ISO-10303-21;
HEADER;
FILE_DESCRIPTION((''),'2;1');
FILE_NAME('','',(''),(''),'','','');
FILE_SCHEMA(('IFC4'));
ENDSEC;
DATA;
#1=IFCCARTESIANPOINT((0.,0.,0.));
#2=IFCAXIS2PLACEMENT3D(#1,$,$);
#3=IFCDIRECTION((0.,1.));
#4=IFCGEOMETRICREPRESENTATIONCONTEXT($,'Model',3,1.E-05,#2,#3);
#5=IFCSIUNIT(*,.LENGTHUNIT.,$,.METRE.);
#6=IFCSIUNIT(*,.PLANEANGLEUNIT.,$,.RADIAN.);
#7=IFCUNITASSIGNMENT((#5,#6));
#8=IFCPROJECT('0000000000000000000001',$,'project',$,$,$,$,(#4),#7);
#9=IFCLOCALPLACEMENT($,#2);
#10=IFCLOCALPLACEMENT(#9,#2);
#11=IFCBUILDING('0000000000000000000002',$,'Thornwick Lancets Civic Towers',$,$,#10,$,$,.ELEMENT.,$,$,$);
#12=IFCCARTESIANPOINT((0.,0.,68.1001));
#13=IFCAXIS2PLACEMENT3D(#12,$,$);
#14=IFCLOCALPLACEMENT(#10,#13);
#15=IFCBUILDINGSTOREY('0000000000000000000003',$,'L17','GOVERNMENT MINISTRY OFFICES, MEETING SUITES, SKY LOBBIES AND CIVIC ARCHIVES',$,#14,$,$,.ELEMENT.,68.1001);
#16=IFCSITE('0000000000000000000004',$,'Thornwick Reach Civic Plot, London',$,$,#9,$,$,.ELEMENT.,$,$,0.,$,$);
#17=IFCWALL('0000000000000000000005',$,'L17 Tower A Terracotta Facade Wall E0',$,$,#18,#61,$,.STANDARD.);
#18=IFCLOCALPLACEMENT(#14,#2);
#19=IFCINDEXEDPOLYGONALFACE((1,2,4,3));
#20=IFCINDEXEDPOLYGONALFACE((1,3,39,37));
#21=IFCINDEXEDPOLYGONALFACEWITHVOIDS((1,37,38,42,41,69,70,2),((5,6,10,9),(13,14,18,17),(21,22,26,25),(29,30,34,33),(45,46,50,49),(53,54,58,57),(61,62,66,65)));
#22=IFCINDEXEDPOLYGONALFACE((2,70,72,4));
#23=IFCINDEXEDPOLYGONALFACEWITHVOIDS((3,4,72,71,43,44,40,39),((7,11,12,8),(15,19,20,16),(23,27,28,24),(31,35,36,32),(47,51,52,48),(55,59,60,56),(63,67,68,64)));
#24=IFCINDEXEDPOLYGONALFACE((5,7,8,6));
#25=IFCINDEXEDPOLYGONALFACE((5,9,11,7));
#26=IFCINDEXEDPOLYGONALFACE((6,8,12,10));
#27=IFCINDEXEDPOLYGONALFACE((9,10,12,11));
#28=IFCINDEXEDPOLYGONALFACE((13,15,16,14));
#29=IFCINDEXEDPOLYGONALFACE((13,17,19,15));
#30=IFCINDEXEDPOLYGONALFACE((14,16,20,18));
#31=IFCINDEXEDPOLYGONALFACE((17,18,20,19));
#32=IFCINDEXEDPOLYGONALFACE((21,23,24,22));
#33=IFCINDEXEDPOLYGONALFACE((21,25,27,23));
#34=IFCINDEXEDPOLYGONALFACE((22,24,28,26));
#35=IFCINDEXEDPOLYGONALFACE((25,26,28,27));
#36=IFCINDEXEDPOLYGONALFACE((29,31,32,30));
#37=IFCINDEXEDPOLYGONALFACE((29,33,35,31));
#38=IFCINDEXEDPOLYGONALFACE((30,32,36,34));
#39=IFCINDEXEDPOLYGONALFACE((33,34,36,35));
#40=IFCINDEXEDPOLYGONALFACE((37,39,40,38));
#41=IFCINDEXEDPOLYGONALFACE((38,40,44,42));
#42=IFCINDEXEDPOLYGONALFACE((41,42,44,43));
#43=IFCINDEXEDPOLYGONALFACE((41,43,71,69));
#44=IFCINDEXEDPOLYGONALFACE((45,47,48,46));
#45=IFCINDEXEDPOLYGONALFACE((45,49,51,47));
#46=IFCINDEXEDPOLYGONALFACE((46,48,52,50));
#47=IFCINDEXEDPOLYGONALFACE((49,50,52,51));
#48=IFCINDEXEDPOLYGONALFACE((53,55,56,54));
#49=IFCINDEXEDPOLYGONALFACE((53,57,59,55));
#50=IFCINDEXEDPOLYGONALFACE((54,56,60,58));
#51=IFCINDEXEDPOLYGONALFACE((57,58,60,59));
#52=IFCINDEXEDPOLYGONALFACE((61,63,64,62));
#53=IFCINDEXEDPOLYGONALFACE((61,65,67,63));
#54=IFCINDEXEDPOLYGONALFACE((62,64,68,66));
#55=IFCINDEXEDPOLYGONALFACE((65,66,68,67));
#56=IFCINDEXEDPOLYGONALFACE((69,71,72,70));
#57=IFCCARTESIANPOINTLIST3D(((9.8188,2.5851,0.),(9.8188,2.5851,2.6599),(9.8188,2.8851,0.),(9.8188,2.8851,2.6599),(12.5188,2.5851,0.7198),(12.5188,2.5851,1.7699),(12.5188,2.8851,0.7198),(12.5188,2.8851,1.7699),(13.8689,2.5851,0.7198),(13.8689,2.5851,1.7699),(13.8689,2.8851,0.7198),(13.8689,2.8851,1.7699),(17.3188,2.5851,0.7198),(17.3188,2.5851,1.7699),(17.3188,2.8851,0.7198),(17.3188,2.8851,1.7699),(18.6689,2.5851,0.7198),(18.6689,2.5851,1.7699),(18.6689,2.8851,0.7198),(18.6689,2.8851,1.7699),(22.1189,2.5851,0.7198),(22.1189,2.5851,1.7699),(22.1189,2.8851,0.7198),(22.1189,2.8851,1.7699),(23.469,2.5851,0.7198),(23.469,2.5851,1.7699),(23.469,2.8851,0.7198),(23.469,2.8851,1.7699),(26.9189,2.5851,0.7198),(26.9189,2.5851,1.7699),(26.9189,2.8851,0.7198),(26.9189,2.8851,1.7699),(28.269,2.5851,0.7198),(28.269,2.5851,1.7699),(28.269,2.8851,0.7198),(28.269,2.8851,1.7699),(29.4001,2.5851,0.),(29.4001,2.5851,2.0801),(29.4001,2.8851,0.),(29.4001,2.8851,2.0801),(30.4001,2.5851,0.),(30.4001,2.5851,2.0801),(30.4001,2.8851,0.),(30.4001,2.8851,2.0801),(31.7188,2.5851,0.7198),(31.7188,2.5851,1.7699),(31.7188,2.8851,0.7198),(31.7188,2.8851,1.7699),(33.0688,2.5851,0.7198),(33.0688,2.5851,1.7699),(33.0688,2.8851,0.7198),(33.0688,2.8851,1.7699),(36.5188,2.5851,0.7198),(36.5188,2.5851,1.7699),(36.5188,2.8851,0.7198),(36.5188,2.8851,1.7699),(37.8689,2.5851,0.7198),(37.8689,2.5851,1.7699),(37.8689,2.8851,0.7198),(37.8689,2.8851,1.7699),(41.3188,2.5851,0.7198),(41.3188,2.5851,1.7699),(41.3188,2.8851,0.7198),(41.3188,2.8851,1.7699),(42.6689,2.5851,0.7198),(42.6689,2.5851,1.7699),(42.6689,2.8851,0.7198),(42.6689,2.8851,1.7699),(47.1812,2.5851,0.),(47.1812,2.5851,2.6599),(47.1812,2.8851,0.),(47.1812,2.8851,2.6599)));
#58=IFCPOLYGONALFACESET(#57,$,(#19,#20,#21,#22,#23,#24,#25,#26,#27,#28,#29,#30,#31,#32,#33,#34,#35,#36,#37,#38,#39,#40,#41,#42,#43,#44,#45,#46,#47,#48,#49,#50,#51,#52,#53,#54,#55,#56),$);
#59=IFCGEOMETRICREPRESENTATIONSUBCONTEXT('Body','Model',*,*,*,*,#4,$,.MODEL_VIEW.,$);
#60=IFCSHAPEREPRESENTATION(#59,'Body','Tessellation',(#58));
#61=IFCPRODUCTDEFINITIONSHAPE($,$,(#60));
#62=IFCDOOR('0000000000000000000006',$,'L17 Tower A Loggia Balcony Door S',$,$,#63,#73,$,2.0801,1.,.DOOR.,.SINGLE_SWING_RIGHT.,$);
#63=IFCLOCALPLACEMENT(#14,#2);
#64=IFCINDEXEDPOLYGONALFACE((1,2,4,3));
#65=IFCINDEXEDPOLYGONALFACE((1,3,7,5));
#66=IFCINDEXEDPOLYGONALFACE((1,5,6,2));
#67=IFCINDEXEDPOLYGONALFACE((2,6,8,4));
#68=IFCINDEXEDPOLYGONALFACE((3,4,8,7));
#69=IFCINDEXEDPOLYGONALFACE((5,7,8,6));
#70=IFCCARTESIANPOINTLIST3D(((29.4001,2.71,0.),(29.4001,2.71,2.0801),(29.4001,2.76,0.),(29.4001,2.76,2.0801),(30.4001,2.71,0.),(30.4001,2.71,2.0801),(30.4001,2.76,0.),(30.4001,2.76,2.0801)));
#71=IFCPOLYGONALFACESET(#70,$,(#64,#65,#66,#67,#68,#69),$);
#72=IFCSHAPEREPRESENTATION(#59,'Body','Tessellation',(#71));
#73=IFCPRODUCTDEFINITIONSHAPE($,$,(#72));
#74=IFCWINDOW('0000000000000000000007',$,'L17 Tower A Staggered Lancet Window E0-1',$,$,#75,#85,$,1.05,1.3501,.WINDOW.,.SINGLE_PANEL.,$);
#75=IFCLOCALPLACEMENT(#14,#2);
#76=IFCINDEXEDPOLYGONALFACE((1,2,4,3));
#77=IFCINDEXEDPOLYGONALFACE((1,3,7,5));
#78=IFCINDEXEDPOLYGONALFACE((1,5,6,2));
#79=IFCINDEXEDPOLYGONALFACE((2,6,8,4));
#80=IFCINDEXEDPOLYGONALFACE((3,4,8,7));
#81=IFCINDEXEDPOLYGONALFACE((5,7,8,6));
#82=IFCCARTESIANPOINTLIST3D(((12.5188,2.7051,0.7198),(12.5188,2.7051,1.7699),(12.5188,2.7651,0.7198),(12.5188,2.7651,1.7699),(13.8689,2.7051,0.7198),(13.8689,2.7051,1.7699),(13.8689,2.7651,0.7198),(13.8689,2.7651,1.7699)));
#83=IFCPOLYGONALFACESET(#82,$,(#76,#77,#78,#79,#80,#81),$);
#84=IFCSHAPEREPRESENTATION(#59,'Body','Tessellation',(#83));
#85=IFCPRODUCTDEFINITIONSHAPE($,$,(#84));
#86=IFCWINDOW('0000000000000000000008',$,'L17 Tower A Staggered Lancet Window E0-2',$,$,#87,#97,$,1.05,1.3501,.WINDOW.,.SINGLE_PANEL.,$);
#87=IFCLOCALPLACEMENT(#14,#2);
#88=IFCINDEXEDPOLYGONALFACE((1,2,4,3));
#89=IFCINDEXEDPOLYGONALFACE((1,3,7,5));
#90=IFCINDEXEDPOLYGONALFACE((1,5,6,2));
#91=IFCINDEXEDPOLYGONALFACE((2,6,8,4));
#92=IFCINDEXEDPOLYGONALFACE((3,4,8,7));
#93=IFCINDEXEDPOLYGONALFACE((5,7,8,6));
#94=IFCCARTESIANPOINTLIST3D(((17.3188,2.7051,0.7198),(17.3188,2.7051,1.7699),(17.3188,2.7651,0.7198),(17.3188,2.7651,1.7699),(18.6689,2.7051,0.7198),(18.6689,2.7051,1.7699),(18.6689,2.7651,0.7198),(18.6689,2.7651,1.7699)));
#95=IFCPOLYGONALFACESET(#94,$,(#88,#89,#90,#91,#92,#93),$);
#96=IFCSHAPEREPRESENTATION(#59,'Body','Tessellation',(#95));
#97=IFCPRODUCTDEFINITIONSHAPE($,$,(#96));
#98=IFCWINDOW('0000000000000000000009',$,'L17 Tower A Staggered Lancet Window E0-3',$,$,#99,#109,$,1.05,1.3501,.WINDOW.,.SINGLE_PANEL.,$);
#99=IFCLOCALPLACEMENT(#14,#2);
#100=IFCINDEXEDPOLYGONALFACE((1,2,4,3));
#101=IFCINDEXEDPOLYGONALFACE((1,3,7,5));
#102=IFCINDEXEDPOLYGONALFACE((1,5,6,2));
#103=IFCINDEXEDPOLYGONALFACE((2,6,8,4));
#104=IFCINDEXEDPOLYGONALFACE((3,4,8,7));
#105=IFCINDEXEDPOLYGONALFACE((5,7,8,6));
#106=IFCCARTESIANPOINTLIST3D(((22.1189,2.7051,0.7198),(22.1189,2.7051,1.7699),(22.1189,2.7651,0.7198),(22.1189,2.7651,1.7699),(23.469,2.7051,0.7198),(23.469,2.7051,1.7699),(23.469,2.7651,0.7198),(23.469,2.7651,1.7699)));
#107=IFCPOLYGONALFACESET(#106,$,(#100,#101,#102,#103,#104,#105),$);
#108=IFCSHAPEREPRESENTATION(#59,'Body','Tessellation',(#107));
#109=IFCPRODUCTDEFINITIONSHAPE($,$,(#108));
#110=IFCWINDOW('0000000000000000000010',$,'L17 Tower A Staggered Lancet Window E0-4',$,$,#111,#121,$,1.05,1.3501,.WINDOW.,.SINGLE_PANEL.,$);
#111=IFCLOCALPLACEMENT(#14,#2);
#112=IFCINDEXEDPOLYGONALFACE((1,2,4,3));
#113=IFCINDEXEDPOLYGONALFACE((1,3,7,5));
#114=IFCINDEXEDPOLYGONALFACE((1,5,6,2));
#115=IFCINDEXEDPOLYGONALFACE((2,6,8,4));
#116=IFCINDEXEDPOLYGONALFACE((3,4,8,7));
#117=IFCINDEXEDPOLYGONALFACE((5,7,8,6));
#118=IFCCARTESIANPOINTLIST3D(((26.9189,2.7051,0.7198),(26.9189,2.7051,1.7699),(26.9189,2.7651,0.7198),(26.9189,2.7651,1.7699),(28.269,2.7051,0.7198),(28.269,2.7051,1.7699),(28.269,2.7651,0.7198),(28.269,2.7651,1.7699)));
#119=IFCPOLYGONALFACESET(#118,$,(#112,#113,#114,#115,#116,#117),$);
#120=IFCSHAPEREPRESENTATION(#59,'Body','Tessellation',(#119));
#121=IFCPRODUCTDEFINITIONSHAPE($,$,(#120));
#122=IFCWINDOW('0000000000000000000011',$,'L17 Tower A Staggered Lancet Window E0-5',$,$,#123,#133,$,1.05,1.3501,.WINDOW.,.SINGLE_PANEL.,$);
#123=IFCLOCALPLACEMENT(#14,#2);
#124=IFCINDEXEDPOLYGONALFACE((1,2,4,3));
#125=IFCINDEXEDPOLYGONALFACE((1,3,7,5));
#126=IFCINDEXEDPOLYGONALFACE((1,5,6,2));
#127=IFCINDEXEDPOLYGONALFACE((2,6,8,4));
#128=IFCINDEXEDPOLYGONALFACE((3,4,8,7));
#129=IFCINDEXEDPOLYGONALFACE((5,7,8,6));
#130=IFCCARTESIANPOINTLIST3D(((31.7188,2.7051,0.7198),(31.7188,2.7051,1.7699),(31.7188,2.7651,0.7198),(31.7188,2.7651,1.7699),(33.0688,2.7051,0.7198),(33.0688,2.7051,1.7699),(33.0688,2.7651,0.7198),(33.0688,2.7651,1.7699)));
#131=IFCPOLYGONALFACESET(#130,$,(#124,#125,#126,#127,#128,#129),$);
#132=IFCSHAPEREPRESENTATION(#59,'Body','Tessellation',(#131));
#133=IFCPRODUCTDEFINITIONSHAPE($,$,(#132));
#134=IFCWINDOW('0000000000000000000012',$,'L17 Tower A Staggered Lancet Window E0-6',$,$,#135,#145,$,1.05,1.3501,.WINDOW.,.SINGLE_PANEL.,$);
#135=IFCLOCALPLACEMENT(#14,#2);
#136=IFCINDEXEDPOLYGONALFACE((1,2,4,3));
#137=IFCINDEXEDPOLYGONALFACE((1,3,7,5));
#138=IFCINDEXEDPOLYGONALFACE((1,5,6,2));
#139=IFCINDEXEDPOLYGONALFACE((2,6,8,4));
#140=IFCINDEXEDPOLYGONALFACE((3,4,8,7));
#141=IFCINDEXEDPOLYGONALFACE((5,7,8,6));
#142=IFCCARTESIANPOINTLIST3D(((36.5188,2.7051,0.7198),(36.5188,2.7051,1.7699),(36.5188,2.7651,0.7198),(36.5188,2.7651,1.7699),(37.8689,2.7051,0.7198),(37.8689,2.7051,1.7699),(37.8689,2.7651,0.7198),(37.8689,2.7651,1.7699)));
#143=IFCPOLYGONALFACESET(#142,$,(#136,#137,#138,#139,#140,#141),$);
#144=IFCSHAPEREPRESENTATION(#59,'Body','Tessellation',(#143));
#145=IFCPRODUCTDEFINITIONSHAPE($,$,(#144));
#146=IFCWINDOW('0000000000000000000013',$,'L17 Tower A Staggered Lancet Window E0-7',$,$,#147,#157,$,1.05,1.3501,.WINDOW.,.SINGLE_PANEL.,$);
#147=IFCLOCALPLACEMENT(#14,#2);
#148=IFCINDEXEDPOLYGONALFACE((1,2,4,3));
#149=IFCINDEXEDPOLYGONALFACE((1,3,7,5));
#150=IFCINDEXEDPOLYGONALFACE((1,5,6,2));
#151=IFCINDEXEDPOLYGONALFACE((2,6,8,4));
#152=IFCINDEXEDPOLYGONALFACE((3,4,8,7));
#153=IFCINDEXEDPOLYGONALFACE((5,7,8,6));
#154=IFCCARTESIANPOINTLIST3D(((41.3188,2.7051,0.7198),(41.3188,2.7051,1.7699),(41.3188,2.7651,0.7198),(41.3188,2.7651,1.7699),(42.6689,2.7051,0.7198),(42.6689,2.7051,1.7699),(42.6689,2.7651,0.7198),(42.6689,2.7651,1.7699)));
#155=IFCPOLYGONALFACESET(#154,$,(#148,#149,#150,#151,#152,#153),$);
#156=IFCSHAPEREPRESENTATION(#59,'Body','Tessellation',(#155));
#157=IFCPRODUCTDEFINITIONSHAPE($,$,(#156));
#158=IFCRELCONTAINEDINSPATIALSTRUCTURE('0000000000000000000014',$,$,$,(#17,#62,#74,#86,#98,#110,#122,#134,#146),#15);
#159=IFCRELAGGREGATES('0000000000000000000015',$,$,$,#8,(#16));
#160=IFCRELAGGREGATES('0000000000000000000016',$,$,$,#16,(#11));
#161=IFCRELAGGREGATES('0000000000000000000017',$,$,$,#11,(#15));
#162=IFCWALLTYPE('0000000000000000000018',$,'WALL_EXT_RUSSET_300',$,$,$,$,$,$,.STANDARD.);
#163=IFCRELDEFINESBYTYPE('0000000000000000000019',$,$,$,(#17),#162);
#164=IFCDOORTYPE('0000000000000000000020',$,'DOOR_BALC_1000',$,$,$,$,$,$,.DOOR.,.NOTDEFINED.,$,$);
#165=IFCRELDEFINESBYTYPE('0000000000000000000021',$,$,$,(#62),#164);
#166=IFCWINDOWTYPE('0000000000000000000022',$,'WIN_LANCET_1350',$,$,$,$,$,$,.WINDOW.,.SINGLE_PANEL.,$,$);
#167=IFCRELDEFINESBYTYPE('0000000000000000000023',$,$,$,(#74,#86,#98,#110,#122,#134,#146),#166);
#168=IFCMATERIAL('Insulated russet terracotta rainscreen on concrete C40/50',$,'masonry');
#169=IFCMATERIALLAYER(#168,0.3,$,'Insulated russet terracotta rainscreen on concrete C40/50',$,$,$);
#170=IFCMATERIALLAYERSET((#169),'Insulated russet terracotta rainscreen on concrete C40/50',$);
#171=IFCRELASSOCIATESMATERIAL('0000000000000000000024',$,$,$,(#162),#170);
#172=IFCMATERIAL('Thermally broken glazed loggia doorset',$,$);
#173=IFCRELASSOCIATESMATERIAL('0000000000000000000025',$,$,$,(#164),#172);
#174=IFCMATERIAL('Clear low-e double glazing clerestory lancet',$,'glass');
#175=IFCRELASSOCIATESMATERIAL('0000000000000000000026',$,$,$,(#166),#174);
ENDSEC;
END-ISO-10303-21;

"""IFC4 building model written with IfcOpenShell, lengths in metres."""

from ifc_helpers import new_model, si_unit, direction, frame, frame_2d, origin, place, context, subcontext, project, spatial, rectangle, extrude, material, layer, layer_set, type_object, element, fill, save


model = new_model("IFC4")

# Units and contexts
model_context = context("Model", 3, precision=1e-05, world=origin(), true_north=direction((0.0, 1.0)))
body_context = subcontext(model_context, "Body", "Model", "MODEL_VIEW")
ifc_project = project(units=[si_unit("LENGTHUNIT", "METRE"), si_unit("PLANEANGLEUNIT", "RADIAN")], contexts=[model_context])

# Site, building, storey
site_placement = place(None, origin())
site = spatial("IfcSite", under=ifc_project, at=site_placement, Name="Thornwick Reach Civic Plot, London", CompositionType="ELEMENT", RefElevation=0.0)
building_placement = place(site_placement, origin())
building = spatial("IfcBuilding", under=site, at=building_placement, Name="Thornwick Lancets Civic Towers", CompositionType="ELEMENT")
storey_placement = place(building_placement, frame((0.0, 0.0, 68.1001)))
storey = spatial("IfcBuildingStorey", under=building, at=storey_placement, Name="L17", Description="GOVERNMENT MINISTRY OFFICES, MEETING SUITES, SKY LOBBIES AND CIVIC ARCHIVES", CompositionType="ELEMENT", Elevation=68.1001)

# Wall, openings, door, windows
ifc_material_1 = material(Name="Insulated russet terracotta rainscreen on concrete C40/50", Category="masonry")
ifc_layer_1 = layer(ifc_material_1, 0.3, Name="Insulated russet terracotta rainscreen on concrete C40/50")
ifc_layer_set_1 = layer_set([ifc_layer_1], Name="Insulated russet terracotta rainscreen on concrete C40/50")
wall_type_1 = type_object("IfcWallType", Name="WALL_EXT_RUSSET_300", PredefinedType="STANDARD", material=ifc_layer_set_1)
wall_1_placement = place(storey_placement, frame((9.8188, 2.7351, 0.0), z_axis=(0.0, 0.0, 1.0), x_axis=(1.0, 0.0, 0.0)))
wall_1 = element("IfcWall", 1, at=wall_1_placement, inside=storey, type_object=wall_type_1, Name="L17 Tower A Terracotta Facade Wall E0", PredefinedType="STANDARD", context=body_context, shape_type="SweptSolid", body=[
    extrude(rectangle(XDim=37.3623, YDim=0.3, at=frame_2d((18.6812, 0.0))), origin(), (0.0, 0.0, 1.0), 2.6599),
])
opening_1_placement = place(wall_1_placement, frame((19.5813, 0.0, 0.0)))
opening_1 = element("IfcOpeningElement", 2, at=opening_1_placement, cuts=wall_1, PredefinedType="OPENING", context=body_context, shape_type="SweptSolid", body=[
    extrude(rectangle(XDim=1.0, YDim=2.0801, at=frame_2d((0.5, 1.04))), frame((0.0, 0.1602, 0.0), z_axis=(0.0, -1.0, 0.0), x_axis=(1.0, 0.0, 0.0)), (0.0, 0.0, 1.0), 0.3201),
])
opening_2_placement = place(wall_1_placement, frame((2.7, 0.0, 0.72)))
opening_2 = element("IfcOpeningElement", 3, at=opening_2_placement, cuts=wall_1, PredefinedType="OPENING", context=body_context, shape_type="SweptSolid", body=[
    extrude(rectangle(XDim=1.3501, YDim=1.05, at=frame_2d((0.675, 0.5249))), frame((0.0, 0.1602, 0.0), z_axis=(0.0, -1.0, 0.0), x_axis=(1.0, 0.0, 0.0)), (0.0, 0.0, 1.0), 0.3201),
])
opening_3_placement = place(wall_1_placement, frame((7.5, 0.0, 0.72)))
opening_3 = element("IfcOpeningElement", 4, at=opening_3_placement, cuts=wall_1, PredefinedType="OPENING", context=body_context, shape_type="SweptSolid", body=[
    extrude(rectangle(XDim=1.3501, YDim=1.05, at=frame_2d((0.675, 0.5249))), frame((0.0, 0.1602, 0.0), z_axis=(0.0, -1.0, 0.0), x_axis=(1.0, 0.0, 0.0)), (0.0, 0.0, 1.0), 0.3201),
])
opening_4_placement = place(wall_1_placement, frame((12.3, 0.0, 0.72)))
opening_4 = element("IfcOpeningElement", 5, at=opening_4_placement, cuts=wall_1, PredefinedType="OPENING", context=body_context, shape_type="SweptSolid", body=[
    extrude(rectangle(XDim=1.3501, YDim=1.05, at=frame_2d((0.675, 0.5249))), frame((0.0, 0.1602, 0.0), z_axis=(0.0, -1.0, 0.0), x_axis=(1.0, 0.0, 0.0)), (0.0, 0.0, 1.0), 0.3201),
])
opening_5_placement = place(wall_1_placement, frame((17.1001, 0.0, 0.72)))
opening_5 = element("IfcOpeningElement", 6, at=opening_5_placement, cuts=wall_1, PredefinedType="OPENING", context=body_context, shape_type="SweptSolid", body=[
    extrude(rectangle(XDim=1.3501, YDim=1.05, at=frame_2d((0.675, 0.5249))), frame((0.0, 0.1602, 0.0), z_axis=(0.0, -1.0, 0.0), x_axis=(1.0, 0.0, 0.0)), (0.0, 0.0, 1.0), 0.3201),
])
opening_6_placement = place(wall_1_placement, frame((21.8999, 0.0, 0.72)))
opening_6 = element("IfcOpeningElement", 7, at=opening_6_placement, cuts=wall_1, PredefinedType="OPENING", context=body_context, shape_type="SweptSolid", body=[
    extrude(rectangle(XDim=1.3501, YDim=1.05, at=frame_2d((0.675, 0.5249))), frame((0.0, 0.1602, 0.0), z_axis=(0.0, -1.0, 0.0), x_axis=(1.0, 0.0, 0.0)), (0.0, 0.0, 1.0), 0.3201),
])
opening_7_placement = place(wall_1_placement, frame((26.7, 0.0, 0.72)))
opening_7 = element("IfcOpeningElement", 8, at=opening_7_placement, cuts=wall_1, PredefinedType="OPENING", context=body_context, shape_type="SweptSolid", body=[
    extrude(rectangle(XDim=1.3501, YDim=1.05, at=frame_2d((0.675, 0.5249))), frame((0.0, 0.1602, 0.0), z_axis=(0.0, -1.0, 0.0), x_axis=(1.0, 0.0, 0.0)), (0.0, 0.0, 1.0), 0.3201),
])
opening_8_placement = place(wall_1_placement, frame((31.5, 0.0, 0.72)))
opening_8 = element("IfcOpeningElement", 9, at=opening_8_placement, cuts=wall_1, PredefinedType="OPENING", context=body_context, shape_type="SweptSolid", body=[
    extrude(rectangle(XDim=1.3501, YDim=1.05, at=frame_2d((0.675, 0.5249))), frame((0.0, 0.1602, 0.0), z_axis=(0.0, -1.0, 0.0), x_axis=(1.0, 0.0, 0.0)), (0.0, 0.0, 1.0), 0.3201),
])
ifc_material_2 = material(Name="Thermally broken glazed loggia doorset")
door_type = type_object("IfcDoorType", Name="DOOR_BALC_1000", OperationType="NOTDEFINED", PredefinedType="DOOR", material=ifc_material_2)
door_placement = place(opening_1_placement, origin())
door = element("IfcDoor", 10, at=door_placement, inside=storey, type_object=door_type, Name="L17 Tower A Loggia Balcony Door S", OperationType="SINGLE_SWING_RIGHT", OverallHeight=2.0801, OverallWidth=1.0, PredefinedType="DOOR", context=body_context, shape_type="SweptSolid", body=[
    extrude(rectangle(XDim=1.0, YDim=2.0801, at=frame_2d((0.5, 1.04))), frame((0.0, 0.0249, 0.0), z_axis=(0.0, -1.0, 0.0), x_axis=(1.0, 0.0, 0.0)), (0.0, 0.0, 1.0), 0.05),
])
fill(opening_1, door)
ifc_material_3 = material(Name="Clear low-e double glazing clerestory lancet", Category="glass")
window_type = type_object("IfcWindowType", Name="WIN_LANCET_1350", PartitioningType="SINGLE_PANEL", PredefinedType="WINDOW", material=ifc_material_3)
window_1_placement = place(opening_2_placement, origin())
window_1 = element("IfcWindow", 11, at=window_1_placement, inside=storey, type_object=window_type, Name="L17 Tower A Staggered Lancet Window E0-1", OverallHeight=1.05, OverallWidth=1.3501, PartitioningType="SINGLE_PANEL", PredefinedType="WINDOW", context=body_context, shape_type="SweptSolid", body=[
    extrude(rectangle(XDim=1.3501, YDim=1.05, at=frame_2d((0.675, 0.5249))), frame((0.0, 0.03, 0.0), z_axis=(0.0, -1.0, 0.0), x_axis=(1.0, 0.0, 0.0)), (0.0, 0.0, 1.0), 0.0601),
])
fill(opening_2, window_1)
window_2_placement = place(opening_3_placement, origin())
window_2 = element("IfcWindow", 12, at=window_2_placement, inside=storey, type_object=window_type, Name="L17 Tower A Staggered Lancet Window E0-2", OverallHeight=1.05, OverallWidth=1.3501, PartitioningType="SINGLE_PANEL", PredefinedType="WINDOW", context=body_context, shape_type="SweptSolid", body=[
    extrude(rectangle(XDim=1.3501, YDim=1.05, at=frame_2d((0.675, 0.5249))), frame((0.0, 0.03, 0.0), z_axis=(0.0, -1.0, 0.0), x_axis=(1.0, 0.0, 0.0)), (0.0, 0.0, 1.0), 0.0601),
])
fill(opening_3, window_2)
window_3_placement = place(opening_4_placement, origin())
window_3 = element("IfcWindow", 13, at=window_3_placement, inside=storey, type_object=window_type, Name="L17 Tower A Staggered Lancet Window E0-3", OverallHeight=1.05, OverallWidth=1.3501, PartitioningType="SINGLE_PANEL", PredefinedType="WINDOW", context=body_context, shape_type="SweptSolid", body=[
    extrude(rectangle(XDim=1.3501, YDim=1.05, at=frame_2d((0.675, 0.5249))), frame((0.0, 0.03, 0.0), z_axis=(0.0, -1.0, 0.0), x_axis=(1.0, 0.0, 0.0)), (0.0, 0.0, 1.0), 0.0601),
])
fill(opening_4, window_3)
window_4_placement = place(opening_5_placement, origin())
window_4 = element("IfcWindow", 14, at=window_4_placement, inside=storey, type_object=window_type, Name="L17 Tower A Staggered Lancet Window E0-4", OverallHeight=1.05, OverallWidth=1.3501, PartitioningType="SINGLE_PANEL", PredefinedType="WINDOW", context=body_context, shape_type="SweptSolid", body=[
    extrude(rectangle(XDim=1.3501, YDim=1.05, at=frame_2d((0.675, 0.5249))), frame((0.0, 0.03, 0.0), z_axis=(0.0, -1.0, 0.0), x_axis=(1.0, 0.0, 0.0)), (0.0, 0.0, 1.0), 0.0601),
])
fill(opening_5, window_4)
window_5_placement = place(opening_6_placement, origin())
window_5 = element("IfcWindow", 15, at=window_5_placement, inside=storey, type_object=window_type, Name="L17 Tower A Staggered Lancet Window E0-5", OverallHeight=1.05, OverallWidth=1.3501, PartitioningType="SINGLE_PANEL", PredefinedType="WINDOW", context=body_context, shape_type="SweptSolid", body=[
    extrude(rectangle(XDim=1.3501, YDim=1.05, at=frame_2d((0.675, 0.5249))), frame((0.0, 0.03, 0.0), z_axis=(0.0, -1.0, 0.0), x_axis=(1.0, 0.0, 0.0)), (0.0, 0.0, 1.0), 0.0601),
])
fill(opening_6, window_5)
window_6_placement = place(opening_7_placement, origin())
window_6 = element("IfcWindow", 16, at=window_6_placement, inside=storey, type_object=window_type, Name="L17 Tower A Staggered Lancet Window E0-6", OverallHeight=1.05, OverallWidth=1.3501, PartitioningType="SINGLE_PANEL", PredefinedType="WINDOW", context=body_context, shape_type="SweptSolid", body=[
    extrude(rectangle(XDim=1.3501, YDim=1.05, at=frame_2d((0.675, 0.5249))), frame((0.0, 0.03, 0.0), z_axis=(0.0, -1.0, 0.0), x_axis=(1.0, 0.0, 0.0)), (0.0, 0.0, 1.0), 0.0601),
])
fill(opening_7, window_6)
window_7_placement = place(opening_8_placement, origin())
window_7 = element("IfcWindow", 17, at=window_7_placement, inside=storey, type_object=window_type, Name="L17 Tower A Staggered Lancet Window E0-7", OverallHeight=1.05, OverallWidth=1.3501, PartitioningType="SINGLE_PANEL", PredefinedType="WINDOW", context=body_context, shape_type="SweptSolid", body=[
    extrude(rectangle(XDim=1.3501, YDim=1.05, at=frame_2d((0.675, 0.5249))), frame((0.0, 0.03, 0.0), z_axis=(0.0, -1.0, 0.0), x_axis=(1.0, 0.0, 0.0)), (0.0, 0.0, 1.0), 0.0601),
])
fill(opening_8, window_7)

save(model, "model.ifc")
